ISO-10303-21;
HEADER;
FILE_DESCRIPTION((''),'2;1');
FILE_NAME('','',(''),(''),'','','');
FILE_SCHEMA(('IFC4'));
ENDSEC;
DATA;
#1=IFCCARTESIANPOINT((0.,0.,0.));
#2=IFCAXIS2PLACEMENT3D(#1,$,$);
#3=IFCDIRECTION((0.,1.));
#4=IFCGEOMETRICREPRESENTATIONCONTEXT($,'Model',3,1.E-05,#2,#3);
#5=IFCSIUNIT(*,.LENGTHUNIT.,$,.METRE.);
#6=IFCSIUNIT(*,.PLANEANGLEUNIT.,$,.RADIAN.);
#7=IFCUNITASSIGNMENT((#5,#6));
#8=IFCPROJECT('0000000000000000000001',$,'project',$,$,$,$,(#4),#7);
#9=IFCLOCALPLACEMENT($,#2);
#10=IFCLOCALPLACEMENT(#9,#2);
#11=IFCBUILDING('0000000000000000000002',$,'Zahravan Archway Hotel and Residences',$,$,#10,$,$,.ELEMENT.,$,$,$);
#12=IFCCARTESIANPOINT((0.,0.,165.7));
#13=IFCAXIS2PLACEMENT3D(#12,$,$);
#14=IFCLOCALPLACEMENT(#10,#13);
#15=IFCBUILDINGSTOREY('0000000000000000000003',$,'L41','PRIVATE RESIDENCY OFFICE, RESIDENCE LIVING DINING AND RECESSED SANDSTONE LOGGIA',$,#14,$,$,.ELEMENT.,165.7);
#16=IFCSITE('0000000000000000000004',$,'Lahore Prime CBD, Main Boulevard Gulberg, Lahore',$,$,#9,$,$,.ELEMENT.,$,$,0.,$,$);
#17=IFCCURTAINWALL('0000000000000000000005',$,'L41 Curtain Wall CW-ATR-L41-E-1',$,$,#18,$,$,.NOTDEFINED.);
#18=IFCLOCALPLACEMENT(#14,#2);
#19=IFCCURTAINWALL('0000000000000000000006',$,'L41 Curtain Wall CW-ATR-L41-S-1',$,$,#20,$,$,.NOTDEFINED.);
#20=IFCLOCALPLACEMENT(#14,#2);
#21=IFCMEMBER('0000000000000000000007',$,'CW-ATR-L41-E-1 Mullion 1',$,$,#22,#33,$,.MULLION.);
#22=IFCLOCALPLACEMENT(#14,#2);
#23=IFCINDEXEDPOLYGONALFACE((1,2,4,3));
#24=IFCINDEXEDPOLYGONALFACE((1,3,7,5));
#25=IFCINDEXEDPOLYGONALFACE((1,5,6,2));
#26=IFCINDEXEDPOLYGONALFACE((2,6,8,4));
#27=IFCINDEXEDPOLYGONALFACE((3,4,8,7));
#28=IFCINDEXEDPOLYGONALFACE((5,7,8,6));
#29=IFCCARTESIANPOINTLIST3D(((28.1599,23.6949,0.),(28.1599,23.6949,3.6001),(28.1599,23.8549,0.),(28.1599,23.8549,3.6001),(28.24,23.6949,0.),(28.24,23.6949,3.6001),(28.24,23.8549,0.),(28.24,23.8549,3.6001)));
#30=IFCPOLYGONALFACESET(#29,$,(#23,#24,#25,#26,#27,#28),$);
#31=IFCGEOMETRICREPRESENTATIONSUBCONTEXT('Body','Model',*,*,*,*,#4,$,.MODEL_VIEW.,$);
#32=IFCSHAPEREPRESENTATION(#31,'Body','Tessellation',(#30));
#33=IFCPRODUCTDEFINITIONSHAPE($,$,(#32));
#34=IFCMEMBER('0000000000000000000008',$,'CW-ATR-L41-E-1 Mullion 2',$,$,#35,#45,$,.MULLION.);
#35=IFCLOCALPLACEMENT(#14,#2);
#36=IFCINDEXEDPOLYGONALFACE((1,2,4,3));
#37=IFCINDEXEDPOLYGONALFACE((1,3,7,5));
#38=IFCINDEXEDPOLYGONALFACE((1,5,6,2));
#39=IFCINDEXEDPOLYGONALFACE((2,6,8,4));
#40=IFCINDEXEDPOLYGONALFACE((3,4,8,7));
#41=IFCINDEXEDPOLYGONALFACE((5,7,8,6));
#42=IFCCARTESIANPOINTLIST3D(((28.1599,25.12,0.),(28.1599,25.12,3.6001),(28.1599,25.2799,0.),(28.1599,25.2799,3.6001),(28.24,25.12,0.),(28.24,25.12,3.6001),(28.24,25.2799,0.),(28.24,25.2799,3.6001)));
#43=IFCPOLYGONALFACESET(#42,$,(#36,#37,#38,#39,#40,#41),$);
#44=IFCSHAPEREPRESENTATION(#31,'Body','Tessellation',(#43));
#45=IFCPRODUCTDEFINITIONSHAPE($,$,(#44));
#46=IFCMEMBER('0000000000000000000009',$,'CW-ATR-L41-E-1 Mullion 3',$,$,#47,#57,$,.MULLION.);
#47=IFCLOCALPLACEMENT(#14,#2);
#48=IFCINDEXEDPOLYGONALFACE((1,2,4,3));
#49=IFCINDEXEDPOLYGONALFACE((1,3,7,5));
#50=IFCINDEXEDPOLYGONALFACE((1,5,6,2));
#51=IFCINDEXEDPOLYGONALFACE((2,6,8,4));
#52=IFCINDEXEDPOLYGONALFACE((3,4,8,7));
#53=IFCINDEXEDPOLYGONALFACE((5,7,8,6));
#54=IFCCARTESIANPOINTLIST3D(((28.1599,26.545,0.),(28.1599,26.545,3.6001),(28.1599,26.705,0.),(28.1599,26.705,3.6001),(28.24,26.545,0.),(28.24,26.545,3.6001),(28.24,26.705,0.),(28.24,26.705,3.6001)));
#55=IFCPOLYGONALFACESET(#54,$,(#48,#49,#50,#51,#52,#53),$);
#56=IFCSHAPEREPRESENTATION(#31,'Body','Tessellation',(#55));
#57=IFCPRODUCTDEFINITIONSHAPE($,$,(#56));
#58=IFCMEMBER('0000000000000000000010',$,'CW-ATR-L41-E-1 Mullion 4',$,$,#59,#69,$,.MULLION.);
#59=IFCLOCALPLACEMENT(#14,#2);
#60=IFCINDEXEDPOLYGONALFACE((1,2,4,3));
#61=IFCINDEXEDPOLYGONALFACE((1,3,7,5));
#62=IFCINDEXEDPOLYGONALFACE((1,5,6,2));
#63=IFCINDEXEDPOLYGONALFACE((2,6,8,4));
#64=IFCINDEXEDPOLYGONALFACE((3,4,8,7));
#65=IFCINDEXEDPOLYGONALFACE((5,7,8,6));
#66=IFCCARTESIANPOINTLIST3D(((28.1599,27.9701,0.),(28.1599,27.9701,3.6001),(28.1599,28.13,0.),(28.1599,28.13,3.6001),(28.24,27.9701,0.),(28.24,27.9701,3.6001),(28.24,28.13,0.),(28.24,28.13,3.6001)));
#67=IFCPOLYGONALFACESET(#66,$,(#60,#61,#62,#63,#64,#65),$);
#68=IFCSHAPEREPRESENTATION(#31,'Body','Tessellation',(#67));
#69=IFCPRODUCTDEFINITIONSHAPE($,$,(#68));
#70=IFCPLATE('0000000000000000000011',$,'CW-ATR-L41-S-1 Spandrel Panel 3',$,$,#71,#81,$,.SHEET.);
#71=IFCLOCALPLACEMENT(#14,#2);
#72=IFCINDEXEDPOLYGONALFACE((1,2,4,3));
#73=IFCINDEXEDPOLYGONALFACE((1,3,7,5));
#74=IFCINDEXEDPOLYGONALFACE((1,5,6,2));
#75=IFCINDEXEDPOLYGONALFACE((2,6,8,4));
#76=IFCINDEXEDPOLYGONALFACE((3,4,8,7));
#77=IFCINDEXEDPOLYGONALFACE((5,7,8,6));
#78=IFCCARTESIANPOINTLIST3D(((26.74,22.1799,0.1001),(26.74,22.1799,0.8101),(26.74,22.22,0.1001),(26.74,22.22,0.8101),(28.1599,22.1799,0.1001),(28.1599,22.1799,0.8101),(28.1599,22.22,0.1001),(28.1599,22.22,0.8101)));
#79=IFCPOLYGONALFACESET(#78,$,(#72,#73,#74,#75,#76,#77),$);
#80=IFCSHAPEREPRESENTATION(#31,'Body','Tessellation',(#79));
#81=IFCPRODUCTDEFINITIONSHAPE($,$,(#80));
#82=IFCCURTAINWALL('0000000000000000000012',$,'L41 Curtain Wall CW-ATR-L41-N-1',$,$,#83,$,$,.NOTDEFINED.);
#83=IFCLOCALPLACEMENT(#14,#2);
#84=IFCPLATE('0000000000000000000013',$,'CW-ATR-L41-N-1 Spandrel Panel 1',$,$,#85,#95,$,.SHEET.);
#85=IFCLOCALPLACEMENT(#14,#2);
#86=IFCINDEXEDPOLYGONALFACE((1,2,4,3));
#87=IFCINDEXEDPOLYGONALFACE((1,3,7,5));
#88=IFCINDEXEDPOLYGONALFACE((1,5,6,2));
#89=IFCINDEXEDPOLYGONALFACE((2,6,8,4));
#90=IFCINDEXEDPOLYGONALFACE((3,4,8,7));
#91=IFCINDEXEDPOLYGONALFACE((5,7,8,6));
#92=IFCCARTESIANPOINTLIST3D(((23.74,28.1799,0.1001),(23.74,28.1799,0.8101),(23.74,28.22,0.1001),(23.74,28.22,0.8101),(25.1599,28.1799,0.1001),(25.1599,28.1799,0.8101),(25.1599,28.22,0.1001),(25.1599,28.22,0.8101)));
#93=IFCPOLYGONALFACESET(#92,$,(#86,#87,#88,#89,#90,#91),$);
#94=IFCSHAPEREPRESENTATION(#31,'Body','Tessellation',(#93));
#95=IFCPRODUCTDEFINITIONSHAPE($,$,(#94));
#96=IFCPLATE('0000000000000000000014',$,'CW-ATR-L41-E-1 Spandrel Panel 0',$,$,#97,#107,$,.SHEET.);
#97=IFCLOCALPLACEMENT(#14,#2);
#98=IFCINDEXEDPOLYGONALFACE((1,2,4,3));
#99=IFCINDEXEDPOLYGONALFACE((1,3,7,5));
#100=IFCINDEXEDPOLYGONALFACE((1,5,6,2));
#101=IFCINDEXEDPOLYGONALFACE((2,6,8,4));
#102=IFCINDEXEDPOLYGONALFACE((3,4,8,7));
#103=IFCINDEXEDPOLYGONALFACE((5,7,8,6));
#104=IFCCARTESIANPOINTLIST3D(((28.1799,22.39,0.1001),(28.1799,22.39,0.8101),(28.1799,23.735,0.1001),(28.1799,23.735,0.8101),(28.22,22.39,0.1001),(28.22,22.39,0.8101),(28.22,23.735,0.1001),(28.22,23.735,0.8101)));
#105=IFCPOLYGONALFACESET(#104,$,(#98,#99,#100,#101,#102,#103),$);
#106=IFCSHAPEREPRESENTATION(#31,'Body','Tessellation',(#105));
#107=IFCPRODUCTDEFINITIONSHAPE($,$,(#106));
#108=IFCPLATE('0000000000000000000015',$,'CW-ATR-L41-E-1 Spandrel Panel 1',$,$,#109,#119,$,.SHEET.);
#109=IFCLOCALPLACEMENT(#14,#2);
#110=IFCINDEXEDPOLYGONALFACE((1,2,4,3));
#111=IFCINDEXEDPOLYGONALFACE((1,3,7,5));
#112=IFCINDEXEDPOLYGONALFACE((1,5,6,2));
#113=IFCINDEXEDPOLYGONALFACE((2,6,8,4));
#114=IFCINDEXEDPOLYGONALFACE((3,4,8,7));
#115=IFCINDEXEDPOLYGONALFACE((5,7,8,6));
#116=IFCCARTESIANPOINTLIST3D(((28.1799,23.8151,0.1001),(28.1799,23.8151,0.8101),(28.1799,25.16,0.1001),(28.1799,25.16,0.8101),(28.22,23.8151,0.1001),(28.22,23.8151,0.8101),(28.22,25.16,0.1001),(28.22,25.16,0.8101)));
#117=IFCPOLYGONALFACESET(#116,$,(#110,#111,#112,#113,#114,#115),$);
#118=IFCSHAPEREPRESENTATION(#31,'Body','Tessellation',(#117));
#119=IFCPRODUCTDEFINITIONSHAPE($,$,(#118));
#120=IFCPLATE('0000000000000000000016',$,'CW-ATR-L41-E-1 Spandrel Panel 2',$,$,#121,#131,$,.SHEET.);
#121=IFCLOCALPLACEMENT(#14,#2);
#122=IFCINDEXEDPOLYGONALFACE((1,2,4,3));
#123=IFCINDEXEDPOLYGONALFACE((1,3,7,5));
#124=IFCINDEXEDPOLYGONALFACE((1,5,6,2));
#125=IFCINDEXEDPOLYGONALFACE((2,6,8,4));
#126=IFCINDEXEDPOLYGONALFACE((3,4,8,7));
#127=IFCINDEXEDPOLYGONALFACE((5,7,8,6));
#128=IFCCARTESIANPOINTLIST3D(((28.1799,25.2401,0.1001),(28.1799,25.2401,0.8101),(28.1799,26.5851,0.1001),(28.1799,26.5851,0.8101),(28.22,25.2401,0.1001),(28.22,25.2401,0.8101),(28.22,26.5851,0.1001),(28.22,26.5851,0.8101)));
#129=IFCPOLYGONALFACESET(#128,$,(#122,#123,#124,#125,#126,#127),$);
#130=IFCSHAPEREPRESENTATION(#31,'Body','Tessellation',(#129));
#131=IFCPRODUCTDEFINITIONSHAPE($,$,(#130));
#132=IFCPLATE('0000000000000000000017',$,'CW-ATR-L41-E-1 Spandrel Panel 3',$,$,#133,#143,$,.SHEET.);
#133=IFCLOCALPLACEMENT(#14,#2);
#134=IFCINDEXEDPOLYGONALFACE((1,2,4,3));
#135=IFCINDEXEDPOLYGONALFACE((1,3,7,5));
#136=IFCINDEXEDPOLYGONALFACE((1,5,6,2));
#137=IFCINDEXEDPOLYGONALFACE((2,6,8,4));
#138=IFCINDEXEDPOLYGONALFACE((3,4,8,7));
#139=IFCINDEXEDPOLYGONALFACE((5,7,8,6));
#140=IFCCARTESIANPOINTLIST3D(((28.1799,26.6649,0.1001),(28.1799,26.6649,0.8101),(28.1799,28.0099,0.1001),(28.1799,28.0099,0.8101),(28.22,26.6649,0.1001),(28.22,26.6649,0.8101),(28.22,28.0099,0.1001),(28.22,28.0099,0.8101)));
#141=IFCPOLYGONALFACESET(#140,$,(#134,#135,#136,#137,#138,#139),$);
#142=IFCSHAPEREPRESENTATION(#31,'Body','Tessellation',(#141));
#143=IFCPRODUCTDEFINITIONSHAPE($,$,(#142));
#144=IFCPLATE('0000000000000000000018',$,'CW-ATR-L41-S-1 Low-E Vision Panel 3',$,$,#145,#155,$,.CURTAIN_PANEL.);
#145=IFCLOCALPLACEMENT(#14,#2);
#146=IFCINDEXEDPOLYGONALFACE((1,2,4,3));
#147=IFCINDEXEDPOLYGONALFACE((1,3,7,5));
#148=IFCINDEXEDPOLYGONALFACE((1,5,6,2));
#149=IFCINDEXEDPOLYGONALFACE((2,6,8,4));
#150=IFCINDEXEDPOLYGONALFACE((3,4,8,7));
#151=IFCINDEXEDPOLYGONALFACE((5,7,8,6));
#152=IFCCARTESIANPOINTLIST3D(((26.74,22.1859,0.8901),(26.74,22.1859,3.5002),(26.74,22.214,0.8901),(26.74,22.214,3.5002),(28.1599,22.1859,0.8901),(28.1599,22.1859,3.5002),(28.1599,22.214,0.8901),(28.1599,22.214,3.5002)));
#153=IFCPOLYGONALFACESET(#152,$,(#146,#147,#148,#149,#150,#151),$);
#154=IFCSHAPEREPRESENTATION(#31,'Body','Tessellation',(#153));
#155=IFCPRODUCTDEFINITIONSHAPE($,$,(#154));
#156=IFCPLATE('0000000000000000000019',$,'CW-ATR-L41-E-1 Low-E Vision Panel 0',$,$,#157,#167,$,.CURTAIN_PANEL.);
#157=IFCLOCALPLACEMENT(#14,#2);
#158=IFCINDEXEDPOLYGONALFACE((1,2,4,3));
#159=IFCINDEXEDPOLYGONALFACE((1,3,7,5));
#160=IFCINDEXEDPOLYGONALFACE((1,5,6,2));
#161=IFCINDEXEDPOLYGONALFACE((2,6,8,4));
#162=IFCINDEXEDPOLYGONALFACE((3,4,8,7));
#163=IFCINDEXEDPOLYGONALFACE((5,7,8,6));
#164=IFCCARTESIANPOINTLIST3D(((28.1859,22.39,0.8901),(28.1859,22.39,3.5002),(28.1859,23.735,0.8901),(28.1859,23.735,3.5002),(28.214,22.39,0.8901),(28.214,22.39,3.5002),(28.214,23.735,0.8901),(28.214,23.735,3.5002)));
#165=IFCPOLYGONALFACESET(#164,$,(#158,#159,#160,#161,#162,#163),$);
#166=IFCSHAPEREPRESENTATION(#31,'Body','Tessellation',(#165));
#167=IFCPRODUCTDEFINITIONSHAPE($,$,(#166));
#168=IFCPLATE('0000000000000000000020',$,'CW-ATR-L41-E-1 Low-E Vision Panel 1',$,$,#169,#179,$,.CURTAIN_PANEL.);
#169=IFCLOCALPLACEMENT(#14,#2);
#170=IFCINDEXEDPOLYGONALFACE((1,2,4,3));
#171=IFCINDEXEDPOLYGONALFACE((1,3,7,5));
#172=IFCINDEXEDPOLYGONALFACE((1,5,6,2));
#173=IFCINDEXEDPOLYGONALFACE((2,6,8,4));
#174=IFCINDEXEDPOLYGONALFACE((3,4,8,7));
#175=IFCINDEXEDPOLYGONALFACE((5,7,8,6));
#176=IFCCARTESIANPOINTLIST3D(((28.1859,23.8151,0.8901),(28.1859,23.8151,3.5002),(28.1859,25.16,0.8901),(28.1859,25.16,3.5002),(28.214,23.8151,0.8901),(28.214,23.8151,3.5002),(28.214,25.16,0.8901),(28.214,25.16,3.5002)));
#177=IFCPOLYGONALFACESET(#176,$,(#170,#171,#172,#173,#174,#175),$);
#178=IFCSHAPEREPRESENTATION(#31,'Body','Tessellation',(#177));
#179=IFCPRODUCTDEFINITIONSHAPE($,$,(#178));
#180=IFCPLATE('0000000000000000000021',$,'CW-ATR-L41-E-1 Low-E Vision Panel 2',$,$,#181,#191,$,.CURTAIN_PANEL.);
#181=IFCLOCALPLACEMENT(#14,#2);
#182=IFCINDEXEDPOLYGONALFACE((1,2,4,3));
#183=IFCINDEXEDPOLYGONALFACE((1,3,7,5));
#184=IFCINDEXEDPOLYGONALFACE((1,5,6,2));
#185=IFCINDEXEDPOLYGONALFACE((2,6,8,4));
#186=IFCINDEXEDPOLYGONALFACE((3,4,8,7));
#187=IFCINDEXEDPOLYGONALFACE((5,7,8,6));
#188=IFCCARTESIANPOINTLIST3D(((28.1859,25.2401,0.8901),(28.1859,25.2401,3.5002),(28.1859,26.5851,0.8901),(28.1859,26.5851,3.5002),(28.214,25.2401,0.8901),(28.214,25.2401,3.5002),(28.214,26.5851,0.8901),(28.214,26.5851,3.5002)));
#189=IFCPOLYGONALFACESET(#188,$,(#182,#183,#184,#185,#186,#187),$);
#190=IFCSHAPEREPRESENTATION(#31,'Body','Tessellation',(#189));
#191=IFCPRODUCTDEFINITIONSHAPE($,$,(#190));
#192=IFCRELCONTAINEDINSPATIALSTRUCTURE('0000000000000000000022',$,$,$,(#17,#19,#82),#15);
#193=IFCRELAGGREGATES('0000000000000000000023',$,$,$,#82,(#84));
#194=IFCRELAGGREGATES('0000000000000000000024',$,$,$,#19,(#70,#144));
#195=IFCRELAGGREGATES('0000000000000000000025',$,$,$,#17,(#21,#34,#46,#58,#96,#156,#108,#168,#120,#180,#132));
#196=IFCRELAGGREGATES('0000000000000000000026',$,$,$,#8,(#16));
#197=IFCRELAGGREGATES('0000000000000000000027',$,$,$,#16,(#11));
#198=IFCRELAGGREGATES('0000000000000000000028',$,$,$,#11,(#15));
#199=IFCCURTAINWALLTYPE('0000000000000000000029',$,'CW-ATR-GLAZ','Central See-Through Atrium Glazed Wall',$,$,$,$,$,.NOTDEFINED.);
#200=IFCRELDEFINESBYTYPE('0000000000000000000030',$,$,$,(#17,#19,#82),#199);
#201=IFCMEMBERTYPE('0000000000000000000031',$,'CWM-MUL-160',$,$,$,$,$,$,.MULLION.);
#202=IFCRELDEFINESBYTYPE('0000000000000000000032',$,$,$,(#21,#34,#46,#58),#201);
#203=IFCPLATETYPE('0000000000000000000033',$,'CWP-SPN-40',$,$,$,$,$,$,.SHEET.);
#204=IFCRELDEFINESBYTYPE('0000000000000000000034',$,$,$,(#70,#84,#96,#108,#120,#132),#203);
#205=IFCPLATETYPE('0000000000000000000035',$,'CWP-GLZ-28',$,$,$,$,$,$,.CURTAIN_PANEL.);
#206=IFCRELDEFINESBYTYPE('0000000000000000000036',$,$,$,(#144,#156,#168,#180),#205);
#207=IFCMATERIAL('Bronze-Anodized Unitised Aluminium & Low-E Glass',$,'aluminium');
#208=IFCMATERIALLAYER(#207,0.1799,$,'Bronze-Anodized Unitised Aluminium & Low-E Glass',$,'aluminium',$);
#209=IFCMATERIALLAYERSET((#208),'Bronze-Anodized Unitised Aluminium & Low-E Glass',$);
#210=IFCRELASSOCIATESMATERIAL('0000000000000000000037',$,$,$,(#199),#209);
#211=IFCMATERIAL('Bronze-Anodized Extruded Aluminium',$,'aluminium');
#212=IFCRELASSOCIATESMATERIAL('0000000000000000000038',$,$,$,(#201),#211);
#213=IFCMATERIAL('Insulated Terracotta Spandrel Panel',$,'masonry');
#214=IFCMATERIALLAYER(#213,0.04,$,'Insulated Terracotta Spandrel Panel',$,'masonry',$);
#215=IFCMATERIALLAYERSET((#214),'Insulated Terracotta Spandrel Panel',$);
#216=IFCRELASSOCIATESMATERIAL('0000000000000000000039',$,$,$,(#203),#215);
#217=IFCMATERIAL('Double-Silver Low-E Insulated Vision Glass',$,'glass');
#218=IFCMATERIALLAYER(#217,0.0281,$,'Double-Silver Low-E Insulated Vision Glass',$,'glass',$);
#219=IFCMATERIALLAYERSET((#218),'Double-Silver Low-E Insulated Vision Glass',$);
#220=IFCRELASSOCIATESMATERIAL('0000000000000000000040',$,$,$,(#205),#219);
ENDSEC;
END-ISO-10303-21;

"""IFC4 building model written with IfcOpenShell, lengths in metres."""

from ifc_helpers import new_model, si_unit, direction, frame, origin, origin_2d, place, context, subcontext, project, spatial, rectangle, extrude, source, transform, mapped, material, layer, layer_set, material_profile, profile_set, type_object, element, aggregate, save


model = new_model("IFC4")

# Units and contexts
model_context = context("Model", 3, precision=1e-05, world=origin(), true_north=direction((0.0, 1.0)))
body_context = subcontext(model_context, "Body", "Model", "MODEL_VIEW")
ifc_project = project(units=[si_unit("LENGTHUNIT", "METRE"), si_unit("PLANEANGLEUNIT", "RADIAN")], contexts=[model_context])

# Site, building, storey
site_placement = place(None, origin())
site = spatial("IfcSite", under=ifc_project, at=site_placement, Name="Lahore Prime CBD, Main Boulevard Gulberg, Lahore", CompositionType="ELEMENT", RefElevation=0.0)
building_placement = place(site_placement, origin())
building = spatial("IfcBuilding", under=site, at=building_placement, Name="Zahravan Archway Hotel and Residences", CompositionType="ELEMENT")
storey_placement = place(building_placement, frame((0.0, 0.0, 165.7)))
storey = spatial("IfcBuildingStorey", under=building, at=storey_placement, Name="L41", Description="PRIVATE RESIDENCY OFFICE, RESIDENCE LIVING DINING AND RECESSED SANDSTONE LOGGIA", CompositionType="ELEMENT", Elevation=165.7)

# Curtain wall
ifc_material_1 = material(Name="Bronze-Anodized Unitised Aluminium & Low-E Glass", Category="aluminium")
ifc_layer_1 = layer(ifc_material_1, 0.1799, Name="Bronze-Anodized Unitised Aluminium & Low-E Glass", Category="aluminium")
ifc_layer_set_1 = layer_set([ifc_layer_1], Name="Bronze-Anodized Unitised Aluminium & Low-E Glass")
curtain_wall_type = type_object("IfcCurtainWallType", Name="CW-ATR-GLAZ", Description="Central See-Through Atrium Glazed Wall", PredefinedType="NOTDEFINED", material=ifc_layer_set_1)
curtain_wall_1_placement = place(storey_placement, origin())
curtain_wall_1 = element("IfcCurtainWall", 1, at=curtain_wall_1_placement, inside=storey, type_object=curtain_wall_type, Name="L41 Curtain Wall CW-ATR-L41-E-1", PredefinedType="NOTDEFINED")
ifc_material_2 = material(Name="Bronze-Anodized Extruded Aluminium", Category="aluminium")

# Curtain wall
curtain_wall_2_placement = place(storey_placement, origin())
curtain_wall_2 = element("IfcCurtainWall", 2, at=curtain_wall_2_placement, inside=storey, type_object=curtain_wall_type, Name="L41 Curtain Wall CW-ATR-L41-S-1", PredefinedType="NOTDEFINED")
ifc_material_profile_1 = material_profile(ifc_material_2, rectangle(XDim=0.0801, YDim=0.1599, at=origin_2d()), Name="MUL 80x160", Category="aluminium")
ifc_profile_set_1 = profile_set([ifc_material_profile_1], Name="Bronze-Anodized Extruded Aluminium")
member_type_1 = type_object("IfcMemberType", Name="CWM-MUL-160", PredefinedType="MULLION", material=ifc_profile_set_1)
shared_shape_1 = source(origin(), body_context, "Body", "SweptSolid", [
    extrude(rectangle(XDim=0.0801, YDim=0.1599, at=origin_2d()), origin(), (0.0, 0.0, 1.0), 3.6001),
])

# Members
member_1_placement = place(storey_placement, frame((28.2, 23.7749, 0.0), z_axis=(0.0, 0.0, 1.0), x_axis=(1.0, 0.0, 0.0)))
member_1 = element("IfcMember", 3, at=member_1_placement, type_object=member_type_1, Name="CW-ATR-L41-E-1 Mullion 1", PredefinedType="MULLION", context=body_context, shape_type="MappedRepresentation", body=[
    mapped(shared_shape_1, transform((0.0, 0.0, 0.0), scale=1.0)),
])
member_2_placement = place(storey_placement, frame((28.2, 25.2, 0.0), z_axis=(0.0, 0.0, 1.0), x_axis=(1.0, 0.0, 0.0)))
member_2 = element("IfcMember", 4, at=member_2_placement, type_object=member_type_1, Name="CW-ATR-L41-E-1 Mullion 2", PredefinedType="MULLION", context=body_context, shape_type="MappedRepresentation", body=[
    mapped(shared_shape_1, transform((0.0, 0.0, 0.0), scale=1.0)),
])
member_3_placement = place(storey_placement, frame((28.2, 26.625, 0.0), z_axis=(0.0, 0.0, 1.0), x_axis=(1.0, 0.0, 0.0)))
member_3 = element("IfcMember", 5, at=member_3_placement, type_object=member_type_1, Name="CW-ATR-L41-E-1 Mullion 3", PredefinedType="MULLION", context=body_context, shape_type="MappedRepresentation", body=[
    mapped(shared_shape_1, transform((0.0, 0.0, 0.0), scale=1.0)),
])
member_4_placement = place(storey_placement, frame((28.2, 28.05, 0.0), z_axis=(0.0, 0.0, 1.0), x_axis=(1.0, 0.0, 0.0)))
member_4 = element("IfcMember", 6, at=member_4_placement, type_object=member_type_1, Name="CW-ATR-L41-E-1 Mullion 4", PredefinedType="MULLION", context=body_context, shape_type="MappedRepresentation", body=[
    mapped(shared_shape_1, transform((0.0, 0.0, 0.0), scale=1.0)),
])

# Plate
ifc_material_3 = material(Name="Insulated Terracotta Spandrel Panel", Category="masonry")
ifc_layer_2 = layer(ifc_material_3, 0.04, Name="Insulated Terracotta Spandrel Panel", Category="masonry")
ifc_layer_set_2 = layer_set([ifc_layer_2], Name="Insulated Terracotta Spandrel Panel")
plate_type_1 = type_object("IfcPlateType", Name="CWP-SPN-40", PredefinedType="SHEET", material=ifc_layer_set_2)
shared_shape_2 = source(origin(), body_context, "Body", "SweptSolid", [
    extrude(rectangle(XDim=1.4199, YDim=0.04, at=origin_2d()), origin(), (0.0, 0.0, 1.0), 0.71),
])
plate_1_placement = place(storey_placement, frame((27.45, 22.2, 0.1001), z_axis=(0.0, 0.0, 1.0), x_axis=(1.0, 0.0, 0.0)))
plate_1 = element("IfcPlate", 7, at=plate_1_placement, type_object=plate_type_1, Name="CW-ATR-L41-S-1 Spandrel Panel 3", PredefinedType="SHEET", context=body_context, shape_type="MappedRepresentation", body=[
    mapped(shared_shape_2, transform((0.0, 0.0, 0.0), scale=1.0)),
])

# Curtain wall, plate
curtain_wall_3_placement = place(storey_placement, origin())
curtain_wall_3 = element("IfcCurtainWall", 8, at=curtain_wall_3_placement, inside=storey, type_object=curtain_wall_type, Name="L41 Curtain Wall CW-ATR-L41-N-1", PredefinedType="NOTDEFINED")
plate_2_placement = place(storey_placement, frame((24.45, 28.2, 0.1001), z_axis=(0.0, 0.0, 1.0), x_axis=(1.0, 0.0, 0.0)))
plate_2 = element("IfcPlate", 9, at=plate_2_placement, type_object=plate_type_1, Name="CW-ATR-L41-N-1 Spandrel Panel 1", PredefinedType="SHEET", context=body_context, shape_type="MappedRepresentation", body=[
    mapped(shared_shape_2, transform((0.0, 0.0, 0.0), scale=1.0)),
])
aggregate(curtain_wall_3, [plate_2])

# Plates
shared_shape_3 = source(origin(), body_context, "Body", "SweptSolid", [
    extrude(rectangle(XDim=1.345, YDim=0.04, at=origin_2d()), origin(), (0.0, 0.0, 1.0), 0.71),
])
plate_3_placement = place(storey_placement, frame((28.2, 23.0625, 0.1001), z_axis=(0.0, 0.0, 1.0), x_axis=(0.0, 1.0, 0.0)))
plate_3 = element("IfcPlate", 10, at=plate_3_placement, type_object=plate_type_1, Name="CW-ATR-L41-E-1 Spandrel Panel 0", PredefinedType="SHEET", context=body_context, shape_type="MappedRepresentation", body=[
    mapped(shared_shape_3, transform((0.0, 0.0, 0.0), scale=1.0)),
])
plate_4_placement = place(storey_placement, frame((28.2, 24.4875, 0.1001), z_axis=(0.0, 0.0, 1.0), x_axis=(0.0, 1.0, 0.0)))
plate_4 = element("IfcPlate", 11, at=plate_4_placement, type_object=plate_type_1, Name="CW-ATR-L41-E-1 Spandrel Panel 1", PredefinedType="SHEET", context=body_context, shape_type="MappedRepresentation", body=[
    mapped(shared_shape_3, transform((0.0, 0.0, 0.0), scale=1.0)),
])
plate_5_placement = place(storey_placement, frame((28.2, 25.9126, 0.1001), z_axis=(0.0, 0.0, 1.0), x_axis=(0.0, 1.0, 0.0)))
plate_5 = element("IfcPlate", 12, at=plate_5_placement, type_object=plate_type_1, Name="CW-ATR-L41-E-1 Spandrel Panel 2", PredefinedType="SHEET", context=body_context, shape_type="MappedRepresentation", body=[
    mapped(shared_shape_3, transform((0.0, 0.0, 0.0), scale=1.0)),
])
plate_6_placement = place(storey_placement, frame((28.2, 27.3374, 0.1001), z_axis=(0.0, 0.0, 1.0), x_axis=(0.0, 1.0, 0.0)))
plate_6 = element("IfcPlate", 13, at=plate_6_placement, type_object=plate_type_1, Name="CW-ATR-L41-E-1 Spandrel Panel 3", PredefinedType="SHEET", context=body_context, shape_type="MappedRepresentation", body=[
    mapped(shared_shape_3, transform((0.0, 0.0, 0.0), scale=1.0)),
])
ifc_material_4 = material(Name="Double-Silver Low-E Insulated Vision Glass", Category="glass")
ifc_layer_3 = layer(ifc_material_4, 0.0281, Name="Double-Silver Low-E Insulated Vision Glass", Category="glass")
ifc_layer_set_3 = layer_set([ifc_layer_3], Name="Double-Silver Low-E Insulated Vision Glass")
plate_type_2 = type_object("IfcPlateType", Name="CWP-GLZ-28", PredefinedType="CURTAIN_PANEL", material=ifc_layer_set_3)
shared_shape_4 = source(origin(), body_context, "Body", "SweptSolid", [
    extrude(rectangle(XDim=1.4199, YDim=0.0281, at=origin_2d()), origin(), (0.0, 0.0, 1.0), 2.6101),
])
plate_7_placement = place(storey_placement, frame((27.45, 22.2, 0.8901), z_axis=(0.0, 0.0, 1.0), x_axis=(1.0, 0.0, 0.0)))
plate_7 = element("IfcPlate", 14, at=plate_7_placement, type_object=plate_type_2, Name="CW-ATR-L41-S-1 Low-E Vision Panel 3", PredefinedType="CURTAIN_PANEL", context=body_context, shape_type="MappedRepresentation", body=[
    mapped(shared_shape_4, transform((0.0, 0.0, 0.0), scale=1.0)),
])
aggregate(curtain_wall_2, [plate_1, plate_7])
shared_shape_5 = source(origin(), body_context, "Body", "SweptSolid", [
    extrude(rectangle(XDim=1.345, YDim=0.0281, at=origin_2d()), origin(), (0.0, 0.0, 1.0), 2.6101),
])
plate_8_placement = place(storey_placement, frame((28.2, 23.0625, 0.8901), z_axis=(0.0, 0.0, 1.0), x_axis=(0.0, 1.0, 0.0)))
plate_8 = element("IfcPlate", 15, at=plate_8_placement, type_object=plate_type_2, Name="CW-ATR-L41-E-1 Low-E Vision Panel 0", PredefinedType="CURTAIN_PANEL", context=body_context, shape_type="MappedRepresentation", body=[
    mapped(shared_shape_5, transform((0.0, 0.0, 0.0), scale=1.0)),
])
plate_9_placement = place(storey_placement, frame((28.2, 24.4875, 0.8901), z_axis=(0.0, 0.0, 1.0), x_axis=(0.0, 1.0, 0.0)))
plate_9 = element("IfcPlate", 16, at=plate_9_placement, type_object=plate_type_2, Name="CW-ATR-L41-E-1 Low-E Vision Panel 1", PredefinedType="CURTAIN_PANEL", context=body_context, shape_type="MappedRepresentation", body=[
    mapped(shared_shape_5, transform((0.0, 0.0, 0.0), scale=1.0)),
])
plate_10_placement = place(storey_placement, frame((28.2, 25.9126, 0.8901), z_axis=(0.0, 0.0, 1.0), x_axis=(0.0, 1.0, 0.0)))
plate_10 = element("IfcPlate", 17, at=plate_10_placement, type_object=plate_type_2, Name="CW-ATR-L41-E-1 Low-E Vision Panel 2", PredefinedType="CURTAIN_PANEL", context=body_context, shape_type="MappedRepresentation", body=[
    mapped(shared_shape_5, transform((0.0, 0.0, 0.0), scale=1.0)),
])
aggregate(curtain_wall_1, [member_1, member_2, member_3, member_4, plate_3, plate_8, plate_4, plate_9, plate_5, plate_10, plate_6])

save(model, "model.ifc")
